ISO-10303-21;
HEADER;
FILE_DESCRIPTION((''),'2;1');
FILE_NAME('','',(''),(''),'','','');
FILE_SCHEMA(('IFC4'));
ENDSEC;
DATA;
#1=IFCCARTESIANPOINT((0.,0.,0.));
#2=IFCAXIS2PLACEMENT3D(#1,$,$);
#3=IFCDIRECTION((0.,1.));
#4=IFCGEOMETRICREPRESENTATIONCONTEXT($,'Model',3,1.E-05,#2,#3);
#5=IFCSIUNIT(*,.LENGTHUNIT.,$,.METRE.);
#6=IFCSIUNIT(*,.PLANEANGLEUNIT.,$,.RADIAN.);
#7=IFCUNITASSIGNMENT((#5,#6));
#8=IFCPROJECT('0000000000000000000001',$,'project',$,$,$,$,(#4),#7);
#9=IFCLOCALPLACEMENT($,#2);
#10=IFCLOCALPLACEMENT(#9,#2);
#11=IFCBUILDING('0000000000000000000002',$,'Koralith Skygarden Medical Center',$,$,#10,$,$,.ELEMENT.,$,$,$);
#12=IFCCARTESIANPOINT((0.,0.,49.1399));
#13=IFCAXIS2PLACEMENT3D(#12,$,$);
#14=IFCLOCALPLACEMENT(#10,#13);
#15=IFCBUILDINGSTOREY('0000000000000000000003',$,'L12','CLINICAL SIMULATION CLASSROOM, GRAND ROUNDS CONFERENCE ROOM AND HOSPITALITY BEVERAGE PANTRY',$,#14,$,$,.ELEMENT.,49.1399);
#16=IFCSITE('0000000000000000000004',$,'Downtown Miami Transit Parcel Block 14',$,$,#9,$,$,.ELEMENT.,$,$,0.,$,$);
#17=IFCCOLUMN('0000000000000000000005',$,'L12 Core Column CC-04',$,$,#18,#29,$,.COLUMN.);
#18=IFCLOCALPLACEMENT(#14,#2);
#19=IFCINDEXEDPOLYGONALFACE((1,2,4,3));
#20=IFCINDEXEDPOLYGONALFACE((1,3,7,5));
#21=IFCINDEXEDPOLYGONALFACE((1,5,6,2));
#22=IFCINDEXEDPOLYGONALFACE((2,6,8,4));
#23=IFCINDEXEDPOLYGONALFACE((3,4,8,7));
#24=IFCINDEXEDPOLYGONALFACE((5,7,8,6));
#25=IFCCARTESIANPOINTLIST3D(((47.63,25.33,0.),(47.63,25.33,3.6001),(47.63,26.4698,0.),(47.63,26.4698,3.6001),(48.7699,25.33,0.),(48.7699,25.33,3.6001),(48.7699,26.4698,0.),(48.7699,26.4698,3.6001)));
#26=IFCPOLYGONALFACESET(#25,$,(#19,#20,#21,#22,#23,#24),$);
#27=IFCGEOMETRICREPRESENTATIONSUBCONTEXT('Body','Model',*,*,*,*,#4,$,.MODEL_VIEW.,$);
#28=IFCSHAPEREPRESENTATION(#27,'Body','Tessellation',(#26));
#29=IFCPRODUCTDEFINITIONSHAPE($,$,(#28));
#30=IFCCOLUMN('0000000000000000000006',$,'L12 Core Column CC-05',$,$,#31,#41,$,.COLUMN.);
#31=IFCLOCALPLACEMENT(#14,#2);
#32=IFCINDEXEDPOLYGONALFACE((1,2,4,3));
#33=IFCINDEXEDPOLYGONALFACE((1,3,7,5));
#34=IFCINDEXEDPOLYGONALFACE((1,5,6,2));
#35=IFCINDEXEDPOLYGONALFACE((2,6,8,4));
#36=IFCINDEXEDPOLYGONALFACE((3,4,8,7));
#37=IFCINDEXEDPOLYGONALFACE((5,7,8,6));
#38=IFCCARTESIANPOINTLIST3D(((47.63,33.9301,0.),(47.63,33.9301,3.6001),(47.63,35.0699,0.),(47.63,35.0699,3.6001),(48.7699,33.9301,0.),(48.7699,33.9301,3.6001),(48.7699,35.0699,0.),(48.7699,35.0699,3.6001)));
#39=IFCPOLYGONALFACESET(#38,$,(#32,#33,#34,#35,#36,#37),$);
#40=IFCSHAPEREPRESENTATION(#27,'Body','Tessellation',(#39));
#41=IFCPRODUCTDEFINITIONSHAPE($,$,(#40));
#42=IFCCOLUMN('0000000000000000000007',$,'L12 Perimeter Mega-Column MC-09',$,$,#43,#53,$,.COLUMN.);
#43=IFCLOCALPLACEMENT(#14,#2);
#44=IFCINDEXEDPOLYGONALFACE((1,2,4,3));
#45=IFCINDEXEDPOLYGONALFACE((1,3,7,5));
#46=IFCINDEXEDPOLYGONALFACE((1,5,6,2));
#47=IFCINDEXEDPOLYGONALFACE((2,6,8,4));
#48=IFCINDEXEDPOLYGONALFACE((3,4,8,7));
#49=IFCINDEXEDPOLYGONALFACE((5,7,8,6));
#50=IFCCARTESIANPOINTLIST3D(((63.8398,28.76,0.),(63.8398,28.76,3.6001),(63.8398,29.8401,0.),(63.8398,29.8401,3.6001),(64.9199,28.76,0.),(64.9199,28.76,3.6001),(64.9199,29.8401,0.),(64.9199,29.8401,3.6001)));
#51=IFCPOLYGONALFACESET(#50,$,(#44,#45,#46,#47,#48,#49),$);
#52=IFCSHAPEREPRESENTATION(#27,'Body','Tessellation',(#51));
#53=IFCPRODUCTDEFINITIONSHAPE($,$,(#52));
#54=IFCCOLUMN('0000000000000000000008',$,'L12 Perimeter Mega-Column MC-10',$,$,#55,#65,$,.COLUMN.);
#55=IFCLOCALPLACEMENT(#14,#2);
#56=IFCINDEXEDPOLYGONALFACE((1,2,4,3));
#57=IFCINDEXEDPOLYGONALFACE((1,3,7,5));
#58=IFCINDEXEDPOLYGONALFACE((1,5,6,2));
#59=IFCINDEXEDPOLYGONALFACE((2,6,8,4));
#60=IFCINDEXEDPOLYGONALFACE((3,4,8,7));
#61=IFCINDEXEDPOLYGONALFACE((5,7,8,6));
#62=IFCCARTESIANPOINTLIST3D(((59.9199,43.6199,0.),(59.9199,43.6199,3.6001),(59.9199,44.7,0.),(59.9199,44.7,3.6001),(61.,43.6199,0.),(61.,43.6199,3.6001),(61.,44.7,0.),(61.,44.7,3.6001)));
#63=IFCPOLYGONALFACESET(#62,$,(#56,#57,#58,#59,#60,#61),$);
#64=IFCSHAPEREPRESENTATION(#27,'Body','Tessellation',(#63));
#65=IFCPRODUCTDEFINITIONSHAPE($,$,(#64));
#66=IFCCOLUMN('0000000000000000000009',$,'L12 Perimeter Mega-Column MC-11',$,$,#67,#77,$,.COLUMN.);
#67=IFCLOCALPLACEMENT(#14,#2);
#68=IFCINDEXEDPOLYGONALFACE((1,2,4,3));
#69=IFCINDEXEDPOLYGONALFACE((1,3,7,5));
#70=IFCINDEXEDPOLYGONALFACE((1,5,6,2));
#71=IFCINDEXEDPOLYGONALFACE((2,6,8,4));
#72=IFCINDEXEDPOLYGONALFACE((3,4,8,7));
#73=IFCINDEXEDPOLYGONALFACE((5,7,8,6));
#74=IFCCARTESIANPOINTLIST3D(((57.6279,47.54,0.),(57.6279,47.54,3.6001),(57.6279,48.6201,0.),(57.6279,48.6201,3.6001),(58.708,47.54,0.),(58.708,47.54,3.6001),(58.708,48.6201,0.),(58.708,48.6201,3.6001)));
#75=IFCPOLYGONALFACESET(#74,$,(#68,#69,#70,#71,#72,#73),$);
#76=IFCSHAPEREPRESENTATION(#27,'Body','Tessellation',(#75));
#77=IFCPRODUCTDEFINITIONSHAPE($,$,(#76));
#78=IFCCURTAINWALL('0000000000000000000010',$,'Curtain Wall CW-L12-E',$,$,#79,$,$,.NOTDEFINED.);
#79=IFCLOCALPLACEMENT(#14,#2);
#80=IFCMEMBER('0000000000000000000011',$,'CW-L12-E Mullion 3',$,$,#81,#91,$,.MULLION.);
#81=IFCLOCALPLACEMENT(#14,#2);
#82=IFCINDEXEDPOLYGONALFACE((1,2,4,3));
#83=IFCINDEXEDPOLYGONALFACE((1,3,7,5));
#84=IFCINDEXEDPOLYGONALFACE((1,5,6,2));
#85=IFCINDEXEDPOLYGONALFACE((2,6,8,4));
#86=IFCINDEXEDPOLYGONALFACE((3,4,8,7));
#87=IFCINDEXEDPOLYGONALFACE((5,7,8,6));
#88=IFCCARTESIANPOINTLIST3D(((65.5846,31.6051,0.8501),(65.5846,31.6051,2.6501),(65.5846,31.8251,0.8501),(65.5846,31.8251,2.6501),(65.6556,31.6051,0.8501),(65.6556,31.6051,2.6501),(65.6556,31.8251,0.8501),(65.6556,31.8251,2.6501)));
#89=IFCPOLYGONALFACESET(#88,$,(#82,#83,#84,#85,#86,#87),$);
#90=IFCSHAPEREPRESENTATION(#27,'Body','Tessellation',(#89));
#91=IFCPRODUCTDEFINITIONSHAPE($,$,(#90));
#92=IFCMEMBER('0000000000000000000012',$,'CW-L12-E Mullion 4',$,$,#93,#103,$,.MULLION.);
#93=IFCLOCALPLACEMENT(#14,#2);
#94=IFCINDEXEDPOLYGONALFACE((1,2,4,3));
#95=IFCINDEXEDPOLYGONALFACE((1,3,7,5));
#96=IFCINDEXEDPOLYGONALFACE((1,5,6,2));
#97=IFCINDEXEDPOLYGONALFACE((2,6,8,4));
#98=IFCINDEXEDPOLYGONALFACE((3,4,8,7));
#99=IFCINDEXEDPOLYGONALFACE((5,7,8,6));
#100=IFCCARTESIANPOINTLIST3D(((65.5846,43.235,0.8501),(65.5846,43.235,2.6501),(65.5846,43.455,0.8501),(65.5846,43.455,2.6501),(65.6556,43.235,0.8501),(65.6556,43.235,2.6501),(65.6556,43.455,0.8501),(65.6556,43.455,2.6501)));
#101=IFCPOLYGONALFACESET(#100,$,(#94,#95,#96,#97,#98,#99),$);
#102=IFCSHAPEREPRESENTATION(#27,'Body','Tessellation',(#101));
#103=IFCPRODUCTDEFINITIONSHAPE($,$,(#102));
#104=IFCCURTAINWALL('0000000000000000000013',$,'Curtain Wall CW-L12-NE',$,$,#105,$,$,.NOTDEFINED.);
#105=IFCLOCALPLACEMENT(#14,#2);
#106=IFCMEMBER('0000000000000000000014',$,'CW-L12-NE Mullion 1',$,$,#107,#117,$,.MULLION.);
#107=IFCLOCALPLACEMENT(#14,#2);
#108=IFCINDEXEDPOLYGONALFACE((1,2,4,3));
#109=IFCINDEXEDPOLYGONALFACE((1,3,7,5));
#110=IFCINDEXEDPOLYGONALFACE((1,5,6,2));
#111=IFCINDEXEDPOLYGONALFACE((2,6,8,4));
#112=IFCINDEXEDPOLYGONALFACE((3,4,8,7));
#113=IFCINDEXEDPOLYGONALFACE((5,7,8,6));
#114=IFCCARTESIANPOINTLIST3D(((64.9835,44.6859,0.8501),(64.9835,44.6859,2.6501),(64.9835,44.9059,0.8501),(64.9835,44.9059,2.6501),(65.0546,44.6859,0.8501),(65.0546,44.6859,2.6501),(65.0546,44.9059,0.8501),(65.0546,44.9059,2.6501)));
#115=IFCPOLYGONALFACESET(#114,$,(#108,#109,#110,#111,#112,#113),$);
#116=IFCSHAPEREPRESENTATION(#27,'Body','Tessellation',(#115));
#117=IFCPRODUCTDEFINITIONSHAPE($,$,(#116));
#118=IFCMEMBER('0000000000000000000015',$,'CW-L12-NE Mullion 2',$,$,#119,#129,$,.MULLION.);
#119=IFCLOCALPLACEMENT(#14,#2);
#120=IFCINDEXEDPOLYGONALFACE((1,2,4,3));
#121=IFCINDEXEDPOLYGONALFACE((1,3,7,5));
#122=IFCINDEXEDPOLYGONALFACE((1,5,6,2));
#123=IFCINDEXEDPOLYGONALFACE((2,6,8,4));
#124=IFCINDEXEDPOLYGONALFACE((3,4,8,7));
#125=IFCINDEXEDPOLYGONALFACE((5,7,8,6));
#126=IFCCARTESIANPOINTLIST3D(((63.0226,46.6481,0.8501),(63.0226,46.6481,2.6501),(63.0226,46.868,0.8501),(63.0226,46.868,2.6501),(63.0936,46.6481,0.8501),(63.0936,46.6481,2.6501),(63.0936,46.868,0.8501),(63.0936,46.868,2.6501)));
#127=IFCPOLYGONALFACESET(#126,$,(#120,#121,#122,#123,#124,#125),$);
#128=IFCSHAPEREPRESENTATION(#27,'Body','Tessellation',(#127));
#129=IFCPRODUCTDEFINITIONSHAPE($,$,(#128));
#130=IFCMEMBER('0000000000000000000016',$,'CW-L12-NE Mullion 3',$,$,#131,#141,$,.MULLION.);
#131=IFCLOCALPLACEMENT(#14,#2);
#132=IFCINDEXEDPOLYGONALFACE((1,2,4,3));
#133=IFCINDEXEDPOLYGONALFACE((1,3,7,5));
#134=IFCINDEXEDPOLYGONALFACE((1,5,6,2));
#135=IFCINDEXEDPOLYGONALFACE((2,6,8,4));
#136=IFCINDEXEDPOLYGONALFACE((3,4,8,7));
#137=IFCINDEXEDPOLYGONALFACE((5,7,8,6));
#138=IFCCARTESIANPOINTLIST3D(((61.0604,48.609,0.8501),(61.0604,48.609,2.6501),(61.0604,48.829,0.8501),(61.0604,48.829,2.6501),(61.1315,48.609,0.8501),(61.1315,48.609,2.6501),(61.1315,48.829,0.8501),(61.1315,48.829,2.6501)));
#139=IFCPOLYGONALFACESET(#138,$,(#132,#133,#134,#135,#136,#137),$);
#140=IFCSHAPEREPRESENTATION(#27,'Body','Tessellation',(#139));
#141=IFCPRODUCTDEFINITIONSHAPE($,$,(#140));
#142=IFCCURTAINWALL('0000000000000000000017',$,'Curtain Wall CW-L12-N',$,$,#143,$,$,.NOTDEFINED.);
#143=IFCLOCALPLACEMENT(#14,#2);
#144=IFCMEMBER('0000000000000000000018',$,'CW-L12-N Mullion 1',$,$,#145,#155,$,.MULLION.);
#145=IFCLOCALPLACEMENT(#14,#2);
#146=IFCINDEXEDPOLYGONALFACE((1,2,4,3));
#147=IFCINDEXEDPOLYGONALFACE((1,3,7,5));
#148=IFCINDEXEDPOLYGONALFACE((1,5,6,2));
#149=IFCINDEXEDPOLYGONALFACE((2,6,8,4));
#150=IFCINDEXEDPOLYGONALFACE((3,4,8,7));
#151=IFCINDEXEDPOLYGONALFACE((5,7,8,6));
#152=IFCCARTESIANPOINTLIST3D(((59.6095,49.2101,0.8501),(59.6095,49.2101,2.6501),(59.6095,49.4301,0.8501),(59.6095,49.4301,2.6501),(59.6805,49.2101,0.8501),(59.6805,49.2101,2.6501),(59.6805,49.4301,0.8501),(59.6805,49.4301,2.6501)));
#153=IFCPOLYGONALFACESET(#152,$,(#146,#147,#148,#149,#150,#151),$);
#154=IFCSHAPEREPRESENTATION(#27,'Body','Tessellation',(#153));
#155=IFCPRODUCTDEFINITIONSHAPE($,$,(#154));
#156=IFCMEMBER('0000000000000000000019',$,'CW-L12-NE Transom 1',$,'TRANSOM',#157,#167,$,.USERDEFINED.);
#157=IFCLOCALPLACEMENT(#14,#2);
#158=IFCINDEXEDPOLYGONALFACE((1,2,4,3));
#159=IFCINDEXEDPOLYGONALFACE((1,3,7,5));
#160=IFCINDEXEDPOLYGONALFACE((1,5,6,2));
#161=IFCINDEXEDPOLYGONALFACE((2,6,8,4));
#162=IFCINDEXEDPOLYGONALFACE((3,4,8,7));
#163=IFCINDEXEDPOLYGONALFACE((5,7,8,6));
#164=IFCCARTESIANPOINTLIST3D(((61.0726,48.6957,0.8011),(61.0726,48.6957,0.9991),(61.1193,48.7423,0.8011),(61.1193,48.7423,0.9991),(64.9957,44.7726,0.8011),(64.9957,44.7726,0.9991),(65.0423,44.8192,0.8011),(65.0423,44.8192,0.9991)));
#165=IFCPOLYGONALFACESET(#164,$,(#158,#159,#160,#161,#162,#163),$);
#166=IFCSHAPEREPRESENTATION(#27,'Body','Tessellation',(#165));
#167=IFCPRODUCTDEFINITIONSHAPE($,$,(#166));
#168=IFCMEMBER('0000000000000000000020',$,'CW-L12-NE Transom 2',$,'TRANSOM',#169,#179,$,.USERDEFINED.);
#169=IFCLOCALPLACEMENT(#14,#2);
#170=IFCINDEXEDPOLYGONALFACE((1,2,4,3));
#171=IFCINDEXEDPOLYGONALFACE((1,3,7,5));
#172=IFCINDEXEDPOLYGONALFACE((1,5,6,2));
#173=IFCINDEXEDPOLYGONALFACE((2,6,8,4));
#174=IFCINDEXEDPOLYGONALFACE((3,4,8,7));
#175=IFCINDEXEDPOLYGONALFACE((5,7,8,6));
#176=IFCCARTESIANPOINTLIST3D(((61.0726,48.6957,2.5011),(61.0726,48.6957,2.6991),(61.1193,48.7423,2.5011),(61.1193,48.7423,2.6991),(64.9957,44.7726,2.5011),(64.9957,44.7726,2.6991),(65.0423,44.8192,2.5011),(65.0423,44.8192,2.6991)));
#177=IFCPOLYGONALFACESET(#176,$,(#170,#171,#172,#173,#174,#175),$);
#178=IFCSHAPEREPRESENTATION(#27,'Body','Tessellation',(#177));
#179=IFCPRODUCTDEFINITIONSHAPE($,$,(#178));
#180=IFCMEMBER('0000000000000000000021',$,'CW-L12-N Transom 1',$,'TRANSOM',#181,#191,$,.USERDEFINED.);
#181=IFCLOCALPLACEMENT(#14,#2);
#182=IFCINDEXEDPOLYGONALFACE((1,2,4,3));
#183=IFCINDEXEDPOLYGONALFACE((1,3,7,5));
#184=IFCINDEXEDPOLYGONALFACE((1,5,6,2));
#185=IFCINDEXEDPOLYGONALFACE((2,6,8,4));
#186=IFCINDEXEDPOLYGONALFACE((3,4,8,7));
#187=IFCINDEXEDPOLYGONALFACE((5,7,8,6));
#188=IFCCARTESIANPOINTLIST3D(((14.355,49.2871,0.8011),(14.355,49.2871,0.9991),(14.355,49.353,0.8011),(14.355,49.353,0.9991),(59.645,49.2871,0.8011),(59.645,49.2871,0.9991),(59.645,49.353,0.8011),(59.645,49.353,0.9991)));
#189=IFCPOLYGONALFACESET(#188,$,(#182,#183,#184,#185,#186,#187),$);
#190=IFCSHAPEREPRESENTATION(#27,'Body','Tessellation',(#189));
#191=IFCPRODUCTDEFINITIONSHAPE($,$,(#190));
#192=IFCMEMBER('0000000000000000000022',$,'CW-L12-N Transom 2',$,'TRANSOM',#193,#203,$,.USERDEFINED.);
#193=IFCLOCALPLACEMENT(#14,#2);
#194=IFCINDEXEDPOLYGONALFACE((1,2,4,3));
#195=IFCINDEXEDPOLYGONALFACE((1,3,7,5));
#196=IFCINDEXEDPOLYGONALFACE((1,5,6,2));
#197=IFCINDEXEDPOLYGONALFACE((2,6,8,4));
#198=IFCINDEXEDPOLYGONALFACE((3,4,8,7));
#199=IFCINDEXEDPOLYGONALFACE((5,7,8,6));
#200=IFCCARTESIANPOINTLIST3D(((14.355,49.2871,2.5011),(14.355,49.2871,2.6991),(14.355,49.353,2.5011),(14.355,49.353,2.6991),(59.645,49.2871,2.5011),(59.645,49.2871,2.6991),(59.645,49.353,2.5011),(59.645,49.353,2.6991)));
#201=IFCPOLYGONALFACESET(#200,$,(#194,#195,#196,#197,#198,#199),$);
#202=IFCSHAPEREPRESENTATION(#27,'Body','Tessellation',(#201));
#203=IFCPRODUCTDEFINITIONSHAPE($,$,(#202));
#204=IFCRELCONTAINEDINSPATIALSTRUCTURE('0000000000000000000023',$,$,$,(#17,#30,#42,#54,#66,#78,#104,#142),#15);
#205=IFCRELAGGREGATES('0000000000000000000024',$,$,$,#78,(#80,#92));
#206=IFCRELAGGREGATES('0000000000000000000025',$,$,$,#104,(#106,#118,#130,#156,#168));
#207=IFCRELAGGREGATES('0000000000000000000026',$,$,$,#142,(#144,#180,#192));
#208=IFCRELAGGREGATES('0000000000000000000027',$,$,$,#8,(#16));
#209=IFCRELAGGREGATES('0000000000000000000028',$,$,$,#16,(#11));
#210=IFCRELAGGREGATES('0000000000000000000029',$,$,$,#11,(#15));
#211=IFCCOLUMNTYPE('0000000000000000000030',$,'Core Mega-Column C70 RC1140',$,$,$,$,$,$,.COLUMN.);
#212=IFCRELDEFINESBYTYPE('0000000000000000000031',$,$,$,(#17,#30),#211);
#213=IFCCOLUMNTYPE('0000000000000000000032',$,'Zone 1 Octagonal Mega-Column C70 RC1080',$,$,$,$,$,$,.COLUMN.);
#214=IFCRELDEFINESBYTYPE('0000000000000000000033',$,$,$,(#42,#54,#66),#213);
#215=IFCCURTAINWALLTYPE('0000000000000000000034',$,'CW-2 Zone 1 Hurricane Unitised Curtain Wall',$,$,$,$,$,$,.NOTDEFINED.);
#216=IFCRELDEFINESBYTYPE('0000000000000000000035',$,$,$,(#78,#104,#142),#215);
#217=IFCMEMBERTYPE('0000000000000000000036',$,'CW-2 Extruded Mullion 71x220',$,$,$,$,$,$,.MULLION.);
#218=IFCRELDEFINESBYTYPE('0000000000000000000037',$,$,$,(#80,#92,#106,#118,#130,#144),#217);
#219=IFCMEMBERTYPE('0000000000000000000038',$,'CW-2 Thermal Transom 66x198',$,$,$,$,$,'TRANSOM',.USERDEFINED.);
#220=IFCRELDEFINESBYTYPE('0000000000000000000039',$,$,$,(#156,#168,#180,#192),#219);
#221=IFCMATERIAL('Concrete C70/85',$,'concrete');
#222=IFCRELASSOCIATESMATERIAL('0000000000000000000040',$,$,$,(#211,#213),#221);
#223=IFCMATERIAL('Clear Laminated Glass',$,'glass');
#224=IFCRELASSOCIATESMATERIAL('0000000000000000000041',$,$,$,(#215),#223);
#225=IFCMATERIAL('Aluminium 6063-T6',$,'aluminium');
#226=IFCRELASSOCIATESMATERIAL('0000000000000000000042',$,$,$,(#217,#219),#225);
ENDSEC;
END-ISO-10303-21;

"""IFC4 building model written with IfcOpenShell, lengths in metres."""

from ifc_helpers import new_model, si_unit, direction, frame, origin, origin_2d, place, context, subcontext, project, spatial, rectangle, extrude, material, material_profile, profile_set, type_object, element, aggregate, save


model = new_model("IFC4")

# Units and contexts
model_context = context("Model", 3, precision=1e-05, world=origin(), true_north=direction((0.0, 1.0)))
body_context = subcontext(model_context, "Body", "Model", "MODEL_VIEW")
ifc_project = project(units=[si_unit("LENGTHUNIT", "METRE"), si_unit("PLANEANGLEUNIT", "RADIAN")], contexts=[model_context])

# Site, building, storey
site_placement = place(None, origin())
site = spatial("IfcSite", under=ifc_project, at=site_placement, Name="Downtown Miami Transit Parcel Block 14", CompositionType="ELEMENT", RefElevation=0.0)
building_placement = place(site_placement, origin())
building = spatial("IfcBuilding", under=site, at=building_placement, Name="Koralith Skygarden Medical Center", CompositionType="ELEMENT")
storey_placement = place(building_placement, frame((0.0, 0.0, 49.1399)))
storey = spatial("IfcBuildingStorey", under=building, at=storey_placement, Name="L12", Description="CLINICAL SIMULATION CLASSROOM, GRAND ROUNDS CONFERENCE ROOM AND HOSPITALITY BEVERAGE PANTRY", CompositionType="ELEMENT", Elevation=49.1399)

# Columns
ifc_material_1 = material(Name="Concrete C70/85", Category="concrete")
ifc_material_profile_1 = material_profile(ifc_material_1, rectangle(XDim=1.1399, YDim=1.1399, at=origin_2d()), Name="RC1140X1140")
ifc_profile_set_1 = profile_set([ifc_material_profile_1], Name="Concrete C70/85")
column_type_1 = type_object("IfcColumnType", Name="Core Mega-Column C70 RC1140", PredefinedType="COLUMN", material=ifc_profile_set_1)
for number, where, z_axis, x_axis, name in (
    (1, (48.2, 25.8999, 0.0), (0.0, 0.0, 1.0), (1.0, 0.0, 0.0), "L12 Core Column CC-04"),
    (2, (48.2, 34.5, 0.0), (0.0, 0.0, 1.0), (1.0, 0.0, 0.0), "L12 Core Column CC-05"),
):
    element("IfcColumn", number, at=place(storey_placement, frame(where, z_axis=z_axis, x_axis=x_axis)), inside=storey, type_object=column_type_1, Name=name, PredefinedType="COLUMN", context=body_context, shape_type="SweptSolid", body=[
        extrude(rectangle(XDim=1.1399, YDim=1.1399, at=origin_2d()), origin(), (0.0, 0.0, 1.0), 3.6001),
    ])
ifc_material_profile_2 = material_profile(ifc_material_1, rectangle(XDim=1.0801, YDim=1.0801, at=origin_2d()), Name="RC1080X1080")
ifc_profile_set_2 = profile_set([ifc_material_profile_2], Name="Concrete C70/85")
column_type_2 = type_object("IfcColumnType", Name="Zone 1 Octagonal Mega-Column C70 RC1080", PredefinedType="COLUMN", material=ifc_profile_set_2)
for number, where, z_axis, x_axis, name in (
    (3, (64.3799, 29.3, 0.0), (0.0, 0.0, 1.0), (1.0, 0.0, 0.0), "L12 Perimeter Mega-Column MC-09"),
    (4, (60.46, 44.1599, 0.0), (0.0, 0.0, 1.0), (1.0, 0.0, 0.0), "L12 Perimeter Mega-Column MC-10"),
    (5, (58.168, 48.0801, 0.0), (0.0, 0.0, 1.0), (1.0, 0.0, 0.0), "L12 Perimeter Mega-Column MC-11"),
):
    element("IfcColumn", number, at=place(storey_placement, frame(where, z_axis=z_axis, x_axis=x_axis)), inside=storey, type_object=column_type_2, Name=name, PredefinedType="COLUMN", context=body_context, shape_type="SweptSolid", body=[
        extrude(rectangle(XDim=1.0801, YDim=1.0801, at=origin_2d()), origin(), (0.0, 0.0, 1.0), 3.6001),
    ])

# Curtain walls, members
ifc_material_2 = material(Name="Clear Laminated Glass", Category="glass")
curtain_wall_type = type_object("IfcCurtainWallType", Name="CW-2 Zone 1 Hurricane Unitised Curtain Wall", PredefinedType="NOTDEFINED", material=ifc_material_2)
curtain_wall_1_placement = place(storey_placement, origin())
curtain_wall_1 = element("IfcCurtainWall", 6, at=curtain_wall_1_placement, inside=storey, type_object=curtain_wall_type, Name="Curtain Wall CW-L12-E", PredefinedType="NOTDEFINED")
ifc_material_3 = material(Name="Aluminium 6063-T6", Category="aluminium")
ifc_material_profile_3 = material_profile(ifc_material_3, rectangle(XDim=0.071, YDim=0.22, at=origin_2d()), Name="MUL71X220")
ifc_profile_set_3 = profile_set([ifc_material_profile_3], Name="Aluminium 6063-T6")
member_type_1 = type_object("IfcMemberType", Name="CW-2 Extruded Mullion 71x220", PredefinedType="MULLION", material=ifc_profile_set_3)
member_1_placement = place(storey_placement, frame((65.6201, 31.7151, 0.8501), z_axis=(0.0, 0.0, 1.0), x_axis=(1.0, 0.0, 0.0)))
member_1 = element("IfcMember", 7, at=member_1_placement, type_object=member_type_1, Name="CW-L12-E Mullion 3", PredefinedType="MULLION", context=body_context, shape_type="SweptSolid", body=[
    extrude(rectangle(XDim=0.071, YDim=0.22, at=origin_2d()), origin(), (0.0, 0.0, 1.0), 1.8),
])
member_2_placement = place(storey_placement, frame((65.6201, 43.345, 0.8501), z_axis=(0.0, 0.0, 1.0), x_axis=(1.0, 0.0, 0.0)))
member_2 = element("IfcMember", 8, at=member_2_placement, type_object=member_type_1, Name="CW-L12-E Mullion 4", PredefinedType="MULLION", context=body_context, shape_type="SweptSolid", body=[
    extrude(rectangle(XDim=0.071, YDim=0.22, at=origin_2d()), origin(), (0.0, 0.0, 1.0), 1.8),
])
curtain_wall_2_placement = place(storey_placement, origin())
curtain_wall_2 = element("IfcCurtainWall", 9, at=curtain_wall_2_placement, inside=storey, type_object=curtain_wall_type, Name="Curtain Wall CW-L12-NE", PredefinedType="NOTDEFINED")
member_3_placement = place(storey_placement, frame((65.019, 44.7959, 0.8501), z_axis=(0.0, 0.0, 1.0), x_axis=(1.0, 0.0, 0.0)))
member_3 = element("IfcMember", 10, at=member_3_placement, type_object=member_type_1, Name="CW-L12-NE Mullion 1", PredefinedType="MULLION", context=body_context, shape_type="SweptSolid", body=[
    extrude(rectangle(XDim=0.071, YDim=0.22, at=origin_2d()), origin(), (0.0, 0.0, 1.0), 1.8),
])
member_4_placement = place(storey_placement, frame((63.0581, 46.7581, 0.8501), z_axis=(0.0, 0.0, 1.0), x_axis=(1.0, 0.0, 0.0)))
member_4 = element("IfcMember", 11, at=member_4_placement, type_object=member_type_1, Name="CW-L12-NE Mullion 2", PredefinedType="MULLION", context=body_context, shape_type="SweptSolid", body=[
    extrude(rectangle(XDim=0.071, YDim=0.22, at=origin_2d()), origin(), (0.0, 0.0, 1.0), 1.8),
])
member_5_placement = place(storey_placement, frame((61.0959, 48.719, 0.8501), z_axis=(0.0, 0.0, 1.0), x_axis=(1.0, 0.0, 0.0)))
member_5 = element("IfcMember", 12, at=member_5_placement, type_object=member_type_1, Name="CW-L12-NE Mullion 3", PredefinedType="MULLION", context=body_context, shape_type="SweptSolid", body=[
    extrude(rectangle(XDim=0.071, YDim=0.22, at=origin_2d()), origin(), (0.0, 0.0, 1.0), 1.8),
])

# Curtain wall, member
curtain_wall_3_placement = place(storey_placement, origin())
curtain_wall_3 = element("IfcCurtainWall", 13, at=curtain_wall_3_placement, inside=storey, type_object=curtain_wall_type, Name="Curtain Wall CW-L12-N", PredefinedType="NOTDEFINED")
member_6_placement = place(storey_placement, frame((59.645, 49.3201, 0.8501), z_axis=(0.0, 0.0, 1.0), x_axis=(1.0, 0.0, 0.0)))
member_6 = element("IfcMember", 14, at=member_6_placement, type_object=member_type_1, Name="CW-L12-N Mullion 1", PredefinedType="MULLION", context=body_context, shape_type="SweptSolid", body=[
    extrude(rectangle(XDim=0.071, YDim=0.22, at=origin_2d()), origin(), (0.0, 0.0, 1.0), 1.8),
])

# Members
ifc_material_profile_4 = material_profile(ifc_material_3, rectangle(XDim=0.0659, YDim=0.198, at=origin_2d()), Name="TRN66X198")
ifc_profile_set_4 = profile_set([ifc_material_profile_4], Name="Aluminium 6063-T6")
member_type_2 = type_object("IfcMemberType", Name="CW-2 Thermal Transom 66x198", ElementType="TRANSOM", PredefinedType="USERDEFINED", material=ifc_profile_set_4)
member_7_placement = place(storey_placement, frame((65.019, 44.7959, 0.9001), z_axis=(-0.707107, 0.707107, 0.0), x_axis=(-0.707107, -0.707107, 0.0)))
member_7 = element("IfcMember", 15, at=member_7_placement, type_object=member_type_2, Name="CW-L12-NE Transom 1", ObjectType="TRANSOM", PredefinedType="USERDEFINED", context=body_context, shape_type="SweptSolid", body=[
    extrude(rectangle(XDim=0.0659, YDim=0.198, at=origin_2d()), origin(), (0.0, 0.0, 1.0), 5.5481),
])
member_8_placement = place(storey_placement, frame((65.019, 44.7959, 2.6001), z_axis=(-0.707107, 0.707107, 0.0), x_axis=(-0.707107, -0.707107, 0.0)))
member_8 = element("IfcMember", 16, at=member_8_placement, type_object=member_type_2, Name="CW-L12-NE Transom 2", ObjectType="TRANSOM", PredefinedType="USERDEFINED", context=body_context, shape_type="SweptSolid", body=[
    extrude(rectangle(XDim=0.0659, YDim=0.198, at=origin_2d()), origin(), (0.0, 0.0, 1.0), 5.5481),
])
member_9_placement = place(storey_placement, frame((59.645, 49.3201, 0.9001), z_axis=(-1.0, 0.0, 0.0), x_axis=(0.0, -1.0, 0.0)))
member_9 = element("IfcMember", 17, at=member_9_placement, type_object=member_type_2, Name="CW-L12-N Transom 1", ObjectType="TRANSOM", PredefinedType="USERDEFINED", context=body_context, shape_type="SweptSolid", body=[
    extrude(rectangle(XDim=0.0659, YDim=0.198, at=origin_2d()), origin(), (0.0, 0.0, 1.0), 45.29),
])
member_10_placement = place(storey_placement, frame((59.645, 49.3201, 2.6001), z_axis=(-1.0, 0.0, 0.0), x_axis=(0.0, -1.0, 0.0)))
member_10 = element("IfcMember", 18, at=member_10_placement, type_object=member_type_2, Name="CW-L12-N Transom 2", ObjectType="TRANSOM", PredefinedType="USERDEFINED", context=body_context, shape_type="SweptSolid", body=[
    extrude(rectangle(XDim=0.0659, YDim=0.198, at=origin_2d()), origin(), (0.0, 0.0, 1.0), 45.29),
])

aggregate(curtain_wall_1, [member_1, member_2])
aggregate(curtain_wall_2, [member_3, member_4, member_5, member_7, member_8])
aggregate(curtain_wall_3, [member_6, member_9, member_10])

save(model, "model.ifc")
